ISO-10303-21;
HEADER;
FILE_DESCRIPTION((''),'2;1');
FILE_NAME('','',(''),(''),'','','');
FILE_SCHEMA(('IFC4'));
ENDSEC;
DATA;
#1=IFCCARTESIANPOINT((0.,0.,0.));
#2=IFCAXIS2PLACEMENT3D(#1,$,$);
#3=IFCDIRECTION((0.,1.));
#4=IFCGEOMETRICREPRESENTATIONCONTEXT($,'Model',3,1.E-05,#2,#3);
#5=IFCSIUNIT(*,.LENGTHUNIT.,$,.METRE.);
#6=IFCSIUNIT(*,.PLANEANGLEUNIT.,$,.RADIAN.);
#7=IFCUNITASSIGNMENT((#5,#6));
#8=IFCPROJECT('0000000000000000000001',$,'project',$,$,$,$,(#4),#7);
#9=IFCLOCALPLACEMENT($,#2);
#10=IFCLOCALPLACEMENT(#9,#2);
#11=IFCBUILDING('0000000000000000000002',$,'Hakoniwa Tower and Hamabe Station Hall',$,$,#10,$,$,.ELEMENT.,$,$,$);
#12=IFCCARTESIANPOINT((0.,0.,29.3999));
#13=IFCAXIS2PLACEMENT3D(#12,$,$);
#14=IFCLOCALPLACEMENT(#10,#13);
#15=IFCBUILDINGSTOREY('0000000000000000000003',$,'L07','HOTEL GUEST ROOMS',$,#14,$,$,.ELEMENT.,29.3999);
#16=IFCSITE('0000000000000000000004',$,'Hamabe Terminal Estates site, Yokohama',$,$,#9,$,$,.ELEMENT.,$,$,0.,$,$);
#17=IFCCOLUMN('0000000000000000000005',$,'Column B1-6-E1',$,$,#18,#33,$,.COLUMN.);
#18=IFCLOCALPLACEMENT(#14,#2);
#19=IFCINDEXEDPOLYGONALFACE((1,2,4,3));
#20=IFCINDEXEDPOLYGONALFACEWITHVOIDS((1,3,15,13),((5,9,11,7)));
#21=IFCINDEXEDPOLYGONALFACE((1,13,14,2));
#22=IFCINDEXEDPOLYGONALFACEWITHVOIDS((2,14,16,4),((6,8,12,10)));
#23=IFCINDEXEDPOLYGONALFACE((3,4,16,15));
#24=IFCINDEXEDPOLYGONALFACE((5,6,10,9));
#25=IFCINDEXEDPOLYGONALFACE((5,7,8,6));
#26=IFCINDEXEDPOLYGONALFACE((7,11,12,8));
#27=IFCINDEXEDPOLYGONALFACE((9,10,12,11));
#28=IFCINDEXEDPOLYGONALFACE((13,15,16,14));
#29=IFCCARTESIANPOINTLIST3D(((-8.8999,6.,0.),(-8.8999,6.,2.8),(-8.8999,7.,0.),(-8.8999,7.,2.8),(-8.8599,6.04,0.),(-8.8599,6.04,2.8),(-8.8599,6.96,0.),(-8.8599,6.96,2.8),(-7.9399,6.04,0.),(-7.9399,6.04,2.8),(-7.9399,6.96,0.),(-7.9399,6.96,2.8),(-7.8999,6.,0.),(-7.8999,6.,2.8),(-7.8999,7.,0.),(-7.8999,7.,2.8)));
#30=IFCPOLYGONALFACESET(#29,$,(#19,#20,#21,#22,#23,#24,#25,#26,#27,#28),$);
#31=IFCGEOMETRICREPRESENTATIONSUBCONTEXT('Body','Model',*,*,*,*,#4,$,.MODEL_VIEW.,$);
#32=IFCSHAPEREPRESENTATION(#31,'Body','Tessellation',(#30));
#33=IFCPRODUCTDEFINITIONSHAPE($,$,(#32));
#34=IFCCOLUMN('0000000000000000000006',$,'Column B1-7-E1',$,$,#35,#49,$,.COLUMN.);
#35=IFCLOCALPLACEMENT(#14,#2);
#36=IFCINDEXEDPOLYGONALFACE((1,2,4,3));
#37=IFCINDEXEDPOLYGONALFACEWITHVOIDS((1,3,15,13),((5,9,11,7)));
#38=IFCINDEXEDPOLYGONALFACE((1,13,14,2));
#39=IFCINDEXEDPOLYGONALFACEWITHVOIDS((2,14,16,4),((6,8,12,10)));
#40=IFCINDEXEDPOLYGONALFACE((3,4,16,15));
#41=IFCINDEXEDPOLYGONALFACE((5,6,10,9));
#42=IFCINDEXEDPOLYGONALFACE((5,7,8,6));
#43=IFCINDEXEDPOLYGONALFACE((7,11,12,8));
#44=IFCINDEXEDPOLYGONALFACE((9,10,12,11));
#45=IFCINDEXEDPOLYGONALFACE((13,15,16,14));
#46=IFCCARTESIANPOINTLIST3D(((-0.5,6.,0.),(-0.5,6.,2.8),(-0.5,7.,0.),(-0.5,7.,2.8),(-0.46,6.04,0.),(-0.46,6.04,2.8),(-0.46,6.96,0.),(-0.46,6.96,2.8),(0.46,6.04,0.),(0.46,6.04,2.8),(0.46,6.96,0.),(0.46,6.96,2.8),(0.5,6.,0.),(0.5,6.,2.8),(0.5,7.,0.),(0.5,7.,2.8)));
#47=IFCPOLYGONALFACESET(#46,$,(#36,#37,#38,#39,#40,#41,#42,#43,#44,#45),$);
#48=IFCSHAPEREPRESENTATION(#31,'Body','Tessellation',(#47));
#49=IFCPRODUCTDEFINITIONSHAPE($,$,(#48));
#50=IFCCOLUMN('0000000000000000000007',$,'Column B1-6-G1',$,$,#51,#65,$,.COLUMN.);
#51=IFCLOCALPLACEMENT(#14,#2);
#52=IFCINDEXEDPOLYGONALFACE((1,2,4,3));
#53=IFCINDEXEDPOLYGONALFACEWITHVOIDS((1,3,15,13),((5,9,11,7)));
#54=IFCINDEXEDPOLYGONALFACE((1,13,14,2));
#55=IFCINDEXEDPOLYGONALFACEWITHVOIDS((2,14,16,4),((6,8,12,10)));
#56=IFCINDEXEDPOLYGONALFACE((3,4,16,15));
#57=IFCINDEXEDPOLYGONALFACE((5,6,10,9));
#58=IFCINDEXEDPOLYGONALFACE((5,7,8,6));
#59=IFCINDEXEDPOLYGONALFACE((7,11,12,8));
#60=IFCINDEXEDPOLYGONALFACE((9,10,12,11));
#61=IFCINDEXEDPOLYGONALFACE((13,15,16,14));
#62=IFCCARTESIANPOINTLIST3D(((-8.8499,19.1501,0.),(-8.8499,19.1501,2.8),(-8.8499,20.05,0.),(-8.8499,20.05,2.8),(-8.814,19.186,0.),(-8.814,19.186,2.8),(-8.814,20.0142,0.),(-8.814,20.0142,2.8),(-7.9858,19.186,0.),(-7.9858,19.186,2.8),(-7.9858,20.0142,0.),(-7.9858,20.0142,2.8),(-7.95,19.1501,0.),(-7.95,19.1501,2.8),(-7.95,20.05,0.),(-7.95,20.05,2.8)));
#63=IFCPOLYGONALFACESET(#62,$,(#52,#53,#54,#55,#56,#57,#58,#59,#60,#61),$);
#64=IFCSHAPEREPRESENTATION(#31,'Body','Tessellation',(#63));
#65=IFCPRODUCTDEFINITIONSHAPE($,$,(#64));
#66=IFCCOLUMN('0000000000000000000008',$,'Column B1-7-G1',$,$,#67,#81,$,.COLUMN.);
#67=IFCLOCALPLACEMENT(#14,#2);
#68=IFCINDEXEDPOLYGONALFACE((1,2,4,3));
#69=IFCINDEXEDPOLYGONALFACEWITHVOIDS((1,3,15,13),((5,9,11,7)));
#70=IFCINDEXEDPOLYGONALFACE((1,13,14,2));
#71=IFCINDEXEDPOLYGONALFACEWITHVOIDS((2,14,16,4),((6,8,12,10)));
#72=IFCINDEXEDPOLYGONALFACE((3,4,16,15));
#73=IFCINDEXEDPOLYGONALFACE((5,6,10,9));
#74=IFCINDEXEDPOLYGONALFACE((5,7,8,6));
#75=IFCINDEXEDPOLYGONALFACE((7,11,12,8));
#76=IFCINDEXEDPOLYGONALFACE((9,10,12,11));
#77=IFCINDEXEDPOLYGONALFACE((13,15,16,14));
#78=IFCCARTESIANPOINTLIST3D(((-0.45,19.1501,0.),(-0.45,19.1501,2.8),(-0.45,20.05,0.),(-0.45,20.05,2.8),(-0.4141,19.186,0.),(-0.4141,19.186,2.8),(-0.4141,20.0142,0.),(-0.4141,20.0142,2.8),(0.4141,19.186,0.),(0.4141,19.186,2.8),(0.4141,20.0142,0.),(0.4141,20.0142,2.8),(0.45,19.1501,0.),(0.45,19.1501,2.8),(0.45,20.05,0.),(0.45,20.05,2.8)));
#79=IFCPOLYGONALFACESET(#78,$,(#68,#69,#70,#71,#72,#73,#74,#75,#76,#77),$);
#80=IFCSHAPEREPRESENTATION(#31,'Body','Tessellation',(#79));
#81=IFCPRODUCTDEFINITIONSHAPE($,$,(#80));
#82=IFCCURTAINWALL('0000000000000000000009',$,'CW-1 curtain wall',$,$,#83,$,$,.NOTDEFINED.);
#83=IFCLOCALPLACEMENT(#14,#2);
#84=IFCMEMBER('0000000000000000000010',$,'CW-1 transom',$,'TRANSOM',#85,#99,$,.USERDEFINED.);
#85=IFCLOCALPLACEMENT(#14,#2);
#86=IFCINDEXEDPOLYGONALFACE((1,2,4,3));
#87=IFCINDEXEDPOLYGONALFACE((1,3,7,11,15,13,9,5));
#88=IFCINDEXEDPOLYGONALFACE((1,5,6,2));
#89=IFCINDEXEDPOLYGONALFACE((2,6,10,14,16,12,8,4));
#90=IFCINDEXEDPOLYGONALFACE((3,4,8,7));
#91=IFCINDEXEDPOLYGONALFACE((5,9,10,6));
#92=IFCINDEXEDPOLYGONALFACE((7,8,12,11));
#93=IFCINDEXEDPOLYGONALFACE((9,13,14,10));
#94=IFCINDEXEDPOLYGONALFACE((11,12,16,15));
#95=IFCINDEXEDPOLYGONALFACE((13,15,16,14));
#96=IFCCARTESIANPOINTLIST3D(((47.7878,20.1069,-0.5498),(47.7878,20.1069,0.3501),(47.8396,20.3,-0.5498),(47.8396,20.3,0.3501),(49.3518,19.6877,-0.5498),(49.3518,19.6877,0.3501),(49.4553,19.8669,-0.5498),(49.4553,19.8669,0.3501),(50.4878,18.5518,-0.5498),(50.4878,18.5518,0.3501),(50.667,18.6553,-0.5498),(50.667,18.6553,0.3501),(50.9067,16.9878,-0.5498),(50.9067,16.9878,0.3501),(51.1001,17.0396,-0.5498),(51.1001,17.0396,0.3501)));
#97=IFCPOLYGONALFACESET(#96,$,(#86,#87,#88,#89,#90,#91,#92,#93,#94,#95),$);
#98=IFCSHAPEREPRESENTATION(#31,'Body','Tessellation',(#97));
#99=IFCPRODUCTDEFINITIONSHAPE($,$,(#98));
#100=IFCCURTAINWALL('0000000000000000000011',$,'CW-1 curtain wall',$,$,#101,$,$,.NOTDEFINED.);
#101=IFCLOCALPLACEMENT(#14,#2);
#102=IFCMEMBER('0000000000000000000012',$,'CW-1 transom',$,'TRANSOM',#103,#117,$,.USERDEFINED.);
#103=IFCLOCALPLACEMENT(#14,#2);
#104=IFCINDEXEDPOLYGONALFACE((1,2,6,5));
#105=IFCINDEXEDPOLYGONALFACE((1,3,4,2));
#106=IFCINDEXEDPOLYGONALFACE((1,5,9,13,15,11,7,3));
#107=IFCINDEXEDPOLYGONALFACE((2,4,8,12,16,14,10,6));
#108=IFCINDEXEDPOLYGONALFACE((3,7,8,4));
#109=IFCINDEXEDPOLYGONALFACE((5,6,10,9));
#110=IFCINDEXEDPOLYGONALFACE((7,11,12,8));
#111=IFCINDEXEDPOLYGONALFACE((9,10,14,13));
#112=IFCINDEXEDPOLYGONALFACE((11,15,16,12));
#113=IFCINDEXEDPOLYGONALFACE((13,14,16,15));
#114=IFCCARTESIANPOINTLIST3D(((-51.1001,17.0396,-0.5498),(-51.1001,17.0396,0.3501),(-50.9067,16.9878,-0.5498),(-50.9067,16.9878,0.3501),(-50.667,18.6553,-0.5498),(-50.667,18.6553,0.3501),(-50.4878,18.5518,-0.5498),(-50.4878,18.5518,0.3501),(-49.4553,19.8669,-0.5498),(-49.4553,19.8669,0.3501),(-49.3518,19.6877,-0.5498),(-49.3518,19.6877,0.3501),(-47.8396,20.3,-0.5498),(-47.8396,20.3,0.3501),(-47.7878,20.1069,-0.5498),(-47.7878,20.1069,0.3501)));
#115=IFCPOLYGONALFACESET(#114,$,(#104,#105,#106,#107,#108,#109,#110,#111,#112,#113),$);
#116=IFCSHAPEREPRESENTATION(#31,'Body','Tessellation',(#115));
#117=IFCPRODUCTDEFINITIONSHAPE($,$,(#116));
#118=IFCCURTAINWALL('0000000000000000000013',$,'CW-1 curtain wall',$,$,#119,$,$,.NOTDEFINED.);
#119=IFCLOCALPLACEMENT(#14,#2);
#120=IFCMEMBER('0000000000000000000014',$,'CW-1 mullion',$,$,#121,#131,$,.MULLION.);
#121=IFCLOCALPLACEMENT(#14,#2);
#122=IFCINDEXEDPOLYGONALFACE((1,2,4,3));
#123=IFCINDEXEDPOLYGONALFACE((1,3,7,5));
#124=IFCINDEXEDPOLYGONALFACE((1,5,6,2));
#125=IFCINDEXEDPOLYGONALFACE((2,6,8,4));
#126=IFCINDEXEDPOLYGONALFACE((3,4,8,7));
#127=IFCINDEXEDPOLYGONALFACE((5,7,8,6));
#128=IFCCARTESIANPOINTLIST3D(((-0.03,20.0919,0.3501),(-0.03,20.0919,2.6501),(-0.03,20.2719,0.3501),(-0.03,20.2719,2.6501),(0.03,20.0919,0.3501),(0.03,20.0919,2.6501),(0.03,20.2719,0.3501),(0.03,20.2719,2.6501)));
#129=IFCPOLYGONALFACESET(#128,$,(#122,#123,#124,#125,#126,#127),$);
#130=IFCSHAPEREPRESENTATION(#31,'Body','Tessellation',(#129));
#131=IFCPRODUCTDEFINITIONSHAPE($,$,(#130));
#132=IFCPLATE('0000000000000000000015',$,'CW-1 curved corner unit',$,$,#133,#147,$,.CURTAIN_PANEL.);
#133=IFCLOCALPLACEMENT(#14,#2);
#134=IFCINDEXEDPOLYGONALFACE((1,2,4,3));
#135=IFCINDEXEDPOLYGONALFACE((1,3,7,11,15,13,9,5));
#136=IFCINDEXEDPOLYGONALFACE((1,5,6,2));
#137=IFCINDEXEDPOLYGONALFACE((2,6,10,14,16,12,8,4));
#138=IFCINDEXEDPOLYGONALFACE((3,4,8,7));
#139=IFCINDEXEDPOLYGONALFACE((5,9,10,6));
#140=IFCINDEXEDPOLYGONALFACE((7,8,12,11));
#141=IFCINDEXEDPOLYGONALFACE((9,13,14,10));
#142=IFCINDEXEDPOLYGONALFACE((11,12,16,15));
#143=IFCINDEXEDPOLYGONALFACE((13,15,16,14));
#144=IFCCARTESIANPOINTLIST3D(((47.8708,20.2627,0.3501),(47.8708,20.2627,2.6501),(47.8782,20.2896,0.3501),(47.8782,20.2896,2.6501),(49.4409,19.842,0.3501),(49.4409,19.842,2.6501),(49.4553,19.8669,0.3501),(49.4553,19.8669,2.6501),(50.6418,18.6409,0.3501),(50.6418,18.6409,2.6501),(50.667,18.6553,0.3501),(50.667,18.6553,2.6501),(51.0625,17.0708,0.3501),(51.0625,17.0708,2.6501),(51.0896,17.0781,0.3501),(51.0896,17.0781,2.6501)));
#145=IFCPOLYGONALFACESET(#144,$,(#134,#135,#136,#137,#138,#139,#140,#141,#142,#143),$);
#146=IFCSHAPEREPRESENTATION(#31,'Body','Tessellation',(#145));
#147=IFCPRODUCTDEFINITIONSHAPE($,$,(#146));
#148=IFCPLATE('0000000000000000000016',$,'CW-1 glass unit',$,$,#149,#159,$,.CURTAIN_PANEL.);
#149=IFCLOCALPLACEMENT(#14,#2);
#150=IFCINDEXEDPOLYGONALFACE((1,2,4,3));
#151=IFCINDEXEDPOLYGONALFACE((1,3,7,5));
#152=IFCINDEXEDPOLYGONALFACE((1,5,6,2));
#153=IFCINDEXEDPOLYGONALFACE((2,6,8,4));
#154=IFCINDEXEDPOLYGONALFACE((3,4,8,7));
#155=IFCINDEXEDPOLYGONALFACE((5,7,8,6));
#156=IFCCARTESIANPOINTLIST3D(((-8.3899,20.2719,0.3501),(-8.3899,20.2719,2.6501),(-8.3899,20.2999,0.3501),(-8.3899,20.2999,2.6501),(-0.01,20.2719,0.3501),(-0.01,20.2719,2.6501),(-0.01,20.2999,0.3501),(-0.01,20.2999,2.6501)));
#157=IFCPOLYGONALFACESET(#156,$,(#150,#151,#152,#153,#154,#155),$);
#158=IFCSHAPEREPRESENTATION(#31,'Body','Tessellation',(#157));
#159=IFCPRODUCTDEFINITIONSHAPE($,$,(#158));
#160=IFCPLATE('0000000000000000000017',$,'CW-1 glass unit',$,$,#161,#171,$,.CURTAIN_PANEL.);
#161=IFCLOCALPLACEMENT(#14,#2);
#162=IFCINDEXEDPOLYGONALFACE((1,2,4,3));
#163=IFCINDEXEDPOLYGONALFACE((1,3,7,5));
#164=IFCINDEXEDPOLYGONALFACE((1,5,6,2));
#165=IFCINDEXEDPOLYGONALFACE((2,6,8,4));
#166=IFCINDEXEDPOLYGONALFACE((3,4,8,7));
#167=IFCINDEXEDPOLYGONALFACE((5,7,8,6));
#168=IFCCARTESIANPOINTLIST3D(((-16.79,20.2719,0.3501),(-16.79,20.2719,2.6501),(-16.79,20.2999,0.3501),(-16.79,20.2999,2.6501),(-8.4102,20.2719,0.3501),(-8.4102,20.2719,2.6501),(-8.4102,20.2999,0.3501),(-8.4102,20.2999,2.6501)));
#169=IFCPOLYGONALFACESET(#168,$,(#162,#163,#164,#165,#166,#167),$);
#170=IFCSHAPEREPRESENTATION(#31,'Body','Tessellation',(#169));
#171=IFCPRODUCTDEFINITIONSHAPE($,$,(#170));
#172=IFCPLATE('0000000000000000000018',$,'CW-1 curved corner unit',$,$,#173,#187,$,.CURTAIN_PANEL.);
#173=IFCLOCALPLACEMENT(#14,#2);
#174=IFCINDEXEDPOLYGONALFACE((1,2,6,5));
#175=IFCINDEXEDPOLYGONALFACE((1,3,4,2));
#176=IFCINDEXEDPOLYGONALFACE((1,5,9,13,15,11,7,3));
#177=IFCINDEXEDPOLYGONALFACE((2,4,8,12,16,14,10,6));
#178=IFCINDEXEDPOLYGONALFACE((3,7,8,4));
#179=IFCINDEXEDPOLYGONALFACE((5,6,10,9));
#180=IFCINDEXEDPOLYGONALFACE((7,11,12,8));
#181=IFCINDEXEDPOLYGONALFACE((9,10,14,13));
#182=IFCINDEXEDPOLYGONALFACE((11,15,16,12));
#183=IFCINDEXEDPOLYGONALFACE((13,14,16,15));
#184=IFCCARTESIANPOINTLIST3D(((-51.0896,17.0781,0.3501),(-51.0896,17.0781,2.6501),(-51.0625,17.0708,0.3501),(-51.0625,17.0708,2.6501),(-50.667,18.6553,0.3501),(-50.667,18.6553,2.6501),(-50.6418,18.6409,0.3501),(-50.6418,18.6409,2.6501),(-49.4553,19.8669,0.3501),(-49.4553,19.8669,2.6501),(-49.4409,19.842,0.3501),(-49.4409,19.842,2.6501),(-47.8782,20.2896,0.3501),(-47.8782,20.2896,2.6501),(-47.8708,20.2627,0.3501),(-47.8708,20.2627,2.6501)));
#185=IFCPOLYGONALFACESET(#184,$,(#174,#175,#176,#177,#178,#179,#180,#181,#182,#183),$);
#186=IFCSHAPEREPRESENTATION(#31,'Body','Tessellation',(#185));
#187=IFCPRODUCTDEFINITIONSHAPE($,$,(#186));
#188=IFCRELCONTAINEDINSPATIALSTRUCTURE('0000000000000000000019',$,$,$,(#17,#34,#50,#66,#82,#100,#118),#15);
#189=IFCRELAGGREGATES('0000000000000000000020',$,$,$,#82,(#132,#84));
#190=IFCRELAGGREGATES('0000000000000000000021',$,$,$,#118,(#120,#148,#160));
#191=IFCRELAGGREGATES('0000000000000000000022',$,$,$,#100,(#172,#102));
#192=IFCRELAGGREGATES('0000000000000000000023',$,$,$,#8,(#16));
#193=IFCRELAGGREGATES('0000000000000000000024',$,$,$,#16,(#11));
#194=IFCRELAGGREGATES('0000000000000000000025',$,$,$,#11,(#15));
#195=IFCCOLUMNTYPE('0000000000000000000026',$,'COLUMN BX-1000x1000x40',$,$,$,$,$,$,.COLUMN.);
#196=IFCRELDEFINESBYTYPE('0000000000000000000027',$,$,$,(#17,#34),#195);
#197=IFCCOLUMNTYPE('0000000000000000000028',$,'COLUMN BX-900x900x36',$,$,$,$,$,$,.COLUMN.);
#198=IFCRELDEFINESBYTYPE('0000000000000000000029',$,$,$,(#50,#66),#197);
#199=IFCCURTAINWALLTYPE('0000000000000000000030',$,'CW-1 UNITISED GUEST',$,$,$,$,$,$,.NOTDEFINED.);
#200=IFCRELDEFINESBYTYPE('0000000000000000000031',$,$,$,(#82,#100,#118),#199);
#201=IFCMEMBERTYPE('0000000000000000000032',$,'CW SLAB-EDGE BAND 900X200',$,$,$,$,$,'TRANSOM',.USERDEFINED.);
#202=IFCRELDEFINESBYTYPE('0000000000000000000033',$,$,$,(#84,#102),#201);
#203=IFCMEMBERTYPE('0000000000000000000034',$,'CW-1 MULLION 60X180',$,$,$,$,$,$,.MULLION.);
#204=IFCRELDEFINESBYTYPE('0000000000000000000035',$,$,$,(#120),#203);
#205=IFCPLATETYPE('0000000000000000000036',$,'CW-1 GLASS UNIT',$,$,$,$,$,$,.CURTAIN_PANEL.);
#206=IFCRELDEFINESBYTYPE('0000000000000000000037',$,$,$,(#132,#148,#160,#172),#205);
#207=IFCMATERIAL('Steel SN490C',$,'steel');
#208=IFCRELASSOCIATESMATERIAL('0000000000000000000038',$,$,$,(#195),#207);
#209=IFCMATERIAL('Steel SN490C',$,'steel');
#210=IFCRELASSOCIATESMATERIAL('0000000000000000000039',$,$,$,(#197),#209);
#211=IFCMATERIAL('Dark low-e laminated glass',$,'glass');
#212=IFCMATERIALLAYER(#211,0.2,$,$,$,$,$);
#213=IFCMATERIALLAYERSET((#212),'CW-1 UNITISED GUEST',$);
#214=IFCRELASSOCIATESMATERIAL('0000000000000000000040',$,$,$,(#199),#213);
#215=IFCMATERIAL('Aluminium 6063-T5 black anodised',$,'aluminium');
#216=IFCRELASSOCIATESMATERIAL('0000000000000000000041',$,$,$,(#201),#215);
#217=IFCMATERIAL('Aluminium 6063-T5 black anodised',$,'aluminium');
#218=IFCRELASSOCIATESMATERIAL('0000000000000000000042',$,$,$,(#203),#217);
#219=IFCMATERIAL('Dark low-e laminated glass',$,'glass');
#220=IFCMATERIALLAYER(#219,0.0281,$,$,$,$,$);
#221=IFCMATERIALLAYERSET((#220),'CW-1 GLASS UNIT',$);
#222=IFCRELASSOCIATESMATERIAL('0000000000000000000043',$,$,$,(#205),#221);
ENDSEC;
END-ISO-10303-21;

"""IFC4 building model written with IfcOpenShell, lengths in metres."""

from ifc_helpers import new_model, si_unit, direction, frame, origin, origin_2d, place, context, subcontext, project, spatial, polyline, rectangle, hollow_rectangle, outline, extrude, material, layer, layer_set, material_profile, profile_set, type_object, element, aggregate, save


model = new_model("IFC4")

# Units and contexts
model_context = context("Model", 3, precision=1e-05, world=origin(), true_north=direction((0.0, 1.0)))
body_context = subcontext(model_context, "Body", "Model", "MODEL_VIEW")
ifc_project = project(units=[si_unit("LENGTHUNIT", "METRE"), si_unit("PLANEANGLEUNIT", "RADIAN")], contexts=[model_context])

# Site, building, storey
site_placement = place(None, origin())
site = spatial("IfcSite", under=ifc_project, at=site_placement, Name="Hamabe Terminal Estates site, Yokohama", CompositionType="ELEMENT", RefElevation=0.0)
building_placement = place(site_placement, origin())
building = spatial("IfcBuilding", under=site, at=building_placement, Name="Hakoniwa Tower and Hamabe Station Hall", CompositionType="ELEMENT")
storey_placement = place(building_placement, frame((0.0, 0.0, 29.3999)))
storey = spatial("IfcBuildingStorey", under=building, at=storey_placement, Name="L07", Description="HOTEL GUEST ROOMS", CompositionType="ELEMENT", Elevation=29.3999)

# Columns
ifc_material_1 = material(Name="Steel SN490C", Category="steel")
ifc_material_profile_1 = material_profile(ifc_material_1, hollow_rectangle(XDim=1.0, YDim=1.0, WallThickness=0.04, at=origin_2d()), Name="BX-1000x1000x40")
ifc_profile_set_1 = profile_set([ifc_material_profile_1], Name="Steel SN490C")
column_type_1 = type_object("IfcColumnType", Name="COLUMN BX-1000x1000x40", PredefinedType="COLUMN", material=ifc_profile_set_1)
for number, where, z_axis, x_axis, name in (
    (1, (-8.3999, 6.5, 0.0), (0.0, 0.0, 1.0), (1.0, 0.0, 0.0), "Column B1-6-E1"),
    (2, (0.0, 6.5, 0.0), (0.0, 0.0, 1.0), (1.0, 0.0, 0.0), "Column B1-7-E1"),
):
    element("IfcColumn", number, at=place(storey_placement, frame(where, z_axis=z_axis, x_axis=x_axis)), inside=storey, type_object=column_type_1, Name=name, PredefinedType="COLUMN", context=body_context, shape_type="SweptSolid", body=[
        extrude(hollow_rectangle(XDim=1.0, YDim=1.0, WallThickness=0.04, at=origin_2d()), origin(), (0.0, 0.0, 1.0), 2.8),
    ])
ifc_material_2 = material(Name="Steel SN490C", Category="steel")
ifc_material_profile_2 = material_profile(ifc_material_2, hollow_rectangle(XDim=0.8999, YDim=0.8999, WallThickness=0.0359, at=origin_2d()), Name="BX-900x900x36")
ifc_profile_set_2 = profile_set([ifc_material_profile_2], Name="Steel SN490C")
column_type_2 = type_object("IfcColumnType", Name="COLUMN BX-900x900x36", PredefinedType="COLUMN", material=ifc_profile_set_2)
for number, where, z_axis, x_axis, name in (
    (3, (-8.3999, 19.6001, 0.0), (0.0, 0.0, 1.0), (1.0, 0.0, 0.0), "Column B1-6-G1"),
    (4, (0.0, 19.6001, 0.0), (0.0, 0.0, 1.0), (1.0, 0.0, 0.0), "Column B1-7-G1"),
):
    element("IfcColumn", number, at=place(storey_placement, frame(where, z_axis=z_axis, x_axis=x_axis)), inside=storey, type_object=column_type_2, Name=name, PredefinedType="COLUMN", context=body_context, shape_type="SweptSolid", body=[
        extrude(hollow_rectangle(XDim=0.8999, YDim=0.8999, WallThickness=0.0359, at=origin_2d()), origin(), (0.0, 0.0, 1.0), 2.8),
    ])

# Curtain walls, members
ifc_material_3 = material(Name="Dark low-e laminated glass", Category="glass")
ifc_layer_1 = layer(ifc_material_3, 0.2)
ifc_layer_set_1 = layer_set([ifc_layer_1], Name="CW-1 UNITISED GUEST")
curtain_wall_type = type_object("IfcCurtainWallType", Name="CW-1 UNITISED GUEST", PredefinedType="NOTDEFINED", material=ifc_layer_set_1)
curtain_wall_1_placement = place(storey_placement, origin())
curtain_wall_1 = element("IfcCurtainWall", 5, at=curtain_wall_1_placement, inside=storey, type_object=curtain_wall_type, Name="CW-1 curtain wall", PredefinedType="NOTDEFINED")
ifc_material_4 = material(Name="Aluminium 6063-T5 black anodised", Category="aluminium")
ifc_material_profile_3 = material_profile(ifc_material_4, rectangle(XDim=0.2, YDim=0.8999, at=origin_2d()), Name="CW SLAB-EDGE BAND 900X200")
ifc_profile_set_3 = profile_set([ifc_material_profile_3], Name="Aluminium 6063-T5 black anodised")
member_type_1 = type_object("IfcMemberType", Name="CW SLAB-EDGE BAND 900X200", ElementType="TRANSOM", PredefinedType="USERDEFINED", material=ifc_profile_set_3)
member_1_placement = place(storey_placement, frame((0.0, 0.0, -0.5498)))
member_1 = element("IfcMember", 6, at=member_1_placement, type_object=member_type_1, Name="CW-1 transom", ObjectType="TRANSOM", PredefinedType="USERDEFINED", context=body_context, shape_type="SweptSolid", body=[
    extrude(outline(polyline([(51.1001, 17.0396), (50.667, 18.6553), (49.4553, 19.8669), (47.8396, 20.3), (47.7878, 20.1069), (49.3518, 19.6877), (50.4878, 18.5518), (50.9067, 16.9878), (51.1001, 17.0396)])), origin(), (0.0, 0.0, 1.0), 0.8999),
])
curtain_wall_2_placement = place(storey_placement, origin())
curtain_wall_2 = element("IfcCurtainWall", 7, at=curtain_wall_2_placement, inside=storey, type_object=curtain_wall_type, Name="CW-1 curtain wall", PredefinedType="NOTDEFINED")
member_2_placement = place(storey_placement, frame((0.0, 0.0, -0.5498)))
member_2 = element("IfcMember", 8, at=member_2_placement, type_object=member_type_1, Name="CW-1 transom", ObjectType="TRANSOM", PredefinedType="USERDEFINED", context=body_context, shape_type="SweptSolid", body=[
    extrude(outline(polyline([(-47.8396, 20.3), (-49.4553, 19.8669), (-50.667, 18.6553), (-51.1001, 17.0396), (-50.9067, 16.9878), (-50.4878, 18.5518), (-49.3518, 19.6877), (-47.7878, 20.1069), (-47.8396, 20.3)])), origin(), (0.0, 0.0, 1.0), 0.8999),
])
curtain_wall_3_placement = place(storey_placement, origin())
curtain_wall_3 = element("IfcCurtainWall", 9, at=curtain_wall_3_placement, inside=storey, type_object=curtain_wall_type, Name="CW-1 curtain wall", PredefinedType="NOTDEFINED")
ifc_material_5 = material(Name="Aluminium 6063-T5 black anodised", Category="aluminium")
ifc_material_profile_4 = material_profile(ifc_material_5, rectangle(XDim=0.0601, YDim=0.1799, at=origin_2d()), Name="CW-1 MULLION 60X180")
ifc_profile_set_4 = profile_set([ifc_material_profile_4], Name="Aluminium 6063-T5 black anodised")
member_type_2 = type_object("IfcMemberType", Name="CW-1 MULLION 60X180", PredefinedType="MULLION", material=ifc_profile_set_4)
member_3_placement = place(storey_placement, frame((0.0, 20.1819, 0.3501), z_axis=(0.0, 0.0, 1.0), x_axis=(-1.0, 0.0, 0.0)))
member_3 = element("IfcMember", 10, at=member_3_placement, type_object=member_type_2, Name="CW-1 mullion", PredefinedType="MULLION", context=body_context, shape_type="SweptSolid", body=[
    extrude(rectangle(XDim=0.0601, YDim=0.1799, at=origin_2d()), origin(), (0.0, 0.0, 1.0), 2.3),
])

# Plates
ifc_material_6 = material(Name="Dark low-e laminated glass", Category="glass")
ifc_layer_2 = layer(ifc_material_6, 0.0281)
ifc_layer_set_2 = layer_set([ifc_layer_2], Name="CW-1 GLASS UNIT")
plate_type = type_object("IfcPlateType", Name="CW-1 GLASS UNIT", PredefinedType="CURTAIN_PANEL", material=ifc_layer_set_2)
plate_1_placement = place(storey_placement, frame((0.0, 0.0, 0.3501)))
plate_1 = element("IfcPlate", 11, at=plate_1_placement, type_object=plate_type, Name="CW-1 curved corner unit", PredefinedType="CURTAIN_PANEL", context=body_context, shape_type="SweptSolid", body=[
    extrude(outline(polyline([(51.0896, 17.0781), (50.667, 18.6553), (49.4553, 19.8669), (47.8782, 20.2896), (47.8708, 20.2627), (49.4409, 19.842), (50.6418, 18.6409), (51.0625, 17.0708), (51.0896, 17.0781)])), origin(), (0.0, 0.0, 1.0), 2.3),
])
aggregate(curtain_wall_1, [plate_1, member_1])
plate_2_placement = place(storey_placement, frame((-4.2, 20.2859, 0.3501), z_axis=(0.0, 0.0, 1.0), x_axis=(-1.0, 0.0, 0.0)))
plate_2 = element("IfcPlate", 12, at=plate_2_placement, type_object=plate_type, Name="CW-1 glass unit", PredefinedType="CURTAIN_PANEL", context=body_context, shape_type="SweptSolid", body=[
    extrude(rectangle(XDim=8.3799, YDim=0.0281, at=origin_2d()), origin(), (0.0, 0.0, 1.0), 2.3),
])
plate_3_placement = place(storey_placement, frame((-12.6001, 20.2859, 0.3501), z_axis=(0.0, 0.0, 1.0), x_axis=(-1.0, 0.0, 0.0)))
plate_3 = element("IfcPlate", 13, at=plate_3_placement, type_object=plate_type, Name="CW-1 glass unit", PredefinedType="CURTAIN_PANEL", context=body_context, shape_type="SweptSolid", body=[
    extrude(rectangle(XDim=8.3799, YDim=0.0281, at=origin_2d()), origin(), (0.0, 0.0, 1.0), 2.3),
])
aggregate(curtain_wall_3, [member_3, plate_2, plate_3])
plate_4_placement = place(storey_placement, frame((0.0, 0.0, 0.3501)))
plate_4 = element("IfcPlate", 14, at=plate_4_placement, type_object=plate_type, Name="CW-1 curved corner unit", PredefinedType="CURTAIN_PANEL", context=body_context, shape_type="SweptSolid", body=[
    extrude(outline(polyline([(-47.8782, 20.2896), (-49.4553, 19.8669), (-50.667, 18.6553), (-51.0896, 17.0781), (-51.0625, 17.0708), (-50.6418, 18.6409), (-49.4409, 19.842), (-47.8708, 20.2627), (-47.8782, 20.2896)])), origin(), (0.0, 0.0, 1.0), 2.3),
])
aggregate(curtain_wall_2, [plate_4, member_2])

save(model, "model.ifc")
